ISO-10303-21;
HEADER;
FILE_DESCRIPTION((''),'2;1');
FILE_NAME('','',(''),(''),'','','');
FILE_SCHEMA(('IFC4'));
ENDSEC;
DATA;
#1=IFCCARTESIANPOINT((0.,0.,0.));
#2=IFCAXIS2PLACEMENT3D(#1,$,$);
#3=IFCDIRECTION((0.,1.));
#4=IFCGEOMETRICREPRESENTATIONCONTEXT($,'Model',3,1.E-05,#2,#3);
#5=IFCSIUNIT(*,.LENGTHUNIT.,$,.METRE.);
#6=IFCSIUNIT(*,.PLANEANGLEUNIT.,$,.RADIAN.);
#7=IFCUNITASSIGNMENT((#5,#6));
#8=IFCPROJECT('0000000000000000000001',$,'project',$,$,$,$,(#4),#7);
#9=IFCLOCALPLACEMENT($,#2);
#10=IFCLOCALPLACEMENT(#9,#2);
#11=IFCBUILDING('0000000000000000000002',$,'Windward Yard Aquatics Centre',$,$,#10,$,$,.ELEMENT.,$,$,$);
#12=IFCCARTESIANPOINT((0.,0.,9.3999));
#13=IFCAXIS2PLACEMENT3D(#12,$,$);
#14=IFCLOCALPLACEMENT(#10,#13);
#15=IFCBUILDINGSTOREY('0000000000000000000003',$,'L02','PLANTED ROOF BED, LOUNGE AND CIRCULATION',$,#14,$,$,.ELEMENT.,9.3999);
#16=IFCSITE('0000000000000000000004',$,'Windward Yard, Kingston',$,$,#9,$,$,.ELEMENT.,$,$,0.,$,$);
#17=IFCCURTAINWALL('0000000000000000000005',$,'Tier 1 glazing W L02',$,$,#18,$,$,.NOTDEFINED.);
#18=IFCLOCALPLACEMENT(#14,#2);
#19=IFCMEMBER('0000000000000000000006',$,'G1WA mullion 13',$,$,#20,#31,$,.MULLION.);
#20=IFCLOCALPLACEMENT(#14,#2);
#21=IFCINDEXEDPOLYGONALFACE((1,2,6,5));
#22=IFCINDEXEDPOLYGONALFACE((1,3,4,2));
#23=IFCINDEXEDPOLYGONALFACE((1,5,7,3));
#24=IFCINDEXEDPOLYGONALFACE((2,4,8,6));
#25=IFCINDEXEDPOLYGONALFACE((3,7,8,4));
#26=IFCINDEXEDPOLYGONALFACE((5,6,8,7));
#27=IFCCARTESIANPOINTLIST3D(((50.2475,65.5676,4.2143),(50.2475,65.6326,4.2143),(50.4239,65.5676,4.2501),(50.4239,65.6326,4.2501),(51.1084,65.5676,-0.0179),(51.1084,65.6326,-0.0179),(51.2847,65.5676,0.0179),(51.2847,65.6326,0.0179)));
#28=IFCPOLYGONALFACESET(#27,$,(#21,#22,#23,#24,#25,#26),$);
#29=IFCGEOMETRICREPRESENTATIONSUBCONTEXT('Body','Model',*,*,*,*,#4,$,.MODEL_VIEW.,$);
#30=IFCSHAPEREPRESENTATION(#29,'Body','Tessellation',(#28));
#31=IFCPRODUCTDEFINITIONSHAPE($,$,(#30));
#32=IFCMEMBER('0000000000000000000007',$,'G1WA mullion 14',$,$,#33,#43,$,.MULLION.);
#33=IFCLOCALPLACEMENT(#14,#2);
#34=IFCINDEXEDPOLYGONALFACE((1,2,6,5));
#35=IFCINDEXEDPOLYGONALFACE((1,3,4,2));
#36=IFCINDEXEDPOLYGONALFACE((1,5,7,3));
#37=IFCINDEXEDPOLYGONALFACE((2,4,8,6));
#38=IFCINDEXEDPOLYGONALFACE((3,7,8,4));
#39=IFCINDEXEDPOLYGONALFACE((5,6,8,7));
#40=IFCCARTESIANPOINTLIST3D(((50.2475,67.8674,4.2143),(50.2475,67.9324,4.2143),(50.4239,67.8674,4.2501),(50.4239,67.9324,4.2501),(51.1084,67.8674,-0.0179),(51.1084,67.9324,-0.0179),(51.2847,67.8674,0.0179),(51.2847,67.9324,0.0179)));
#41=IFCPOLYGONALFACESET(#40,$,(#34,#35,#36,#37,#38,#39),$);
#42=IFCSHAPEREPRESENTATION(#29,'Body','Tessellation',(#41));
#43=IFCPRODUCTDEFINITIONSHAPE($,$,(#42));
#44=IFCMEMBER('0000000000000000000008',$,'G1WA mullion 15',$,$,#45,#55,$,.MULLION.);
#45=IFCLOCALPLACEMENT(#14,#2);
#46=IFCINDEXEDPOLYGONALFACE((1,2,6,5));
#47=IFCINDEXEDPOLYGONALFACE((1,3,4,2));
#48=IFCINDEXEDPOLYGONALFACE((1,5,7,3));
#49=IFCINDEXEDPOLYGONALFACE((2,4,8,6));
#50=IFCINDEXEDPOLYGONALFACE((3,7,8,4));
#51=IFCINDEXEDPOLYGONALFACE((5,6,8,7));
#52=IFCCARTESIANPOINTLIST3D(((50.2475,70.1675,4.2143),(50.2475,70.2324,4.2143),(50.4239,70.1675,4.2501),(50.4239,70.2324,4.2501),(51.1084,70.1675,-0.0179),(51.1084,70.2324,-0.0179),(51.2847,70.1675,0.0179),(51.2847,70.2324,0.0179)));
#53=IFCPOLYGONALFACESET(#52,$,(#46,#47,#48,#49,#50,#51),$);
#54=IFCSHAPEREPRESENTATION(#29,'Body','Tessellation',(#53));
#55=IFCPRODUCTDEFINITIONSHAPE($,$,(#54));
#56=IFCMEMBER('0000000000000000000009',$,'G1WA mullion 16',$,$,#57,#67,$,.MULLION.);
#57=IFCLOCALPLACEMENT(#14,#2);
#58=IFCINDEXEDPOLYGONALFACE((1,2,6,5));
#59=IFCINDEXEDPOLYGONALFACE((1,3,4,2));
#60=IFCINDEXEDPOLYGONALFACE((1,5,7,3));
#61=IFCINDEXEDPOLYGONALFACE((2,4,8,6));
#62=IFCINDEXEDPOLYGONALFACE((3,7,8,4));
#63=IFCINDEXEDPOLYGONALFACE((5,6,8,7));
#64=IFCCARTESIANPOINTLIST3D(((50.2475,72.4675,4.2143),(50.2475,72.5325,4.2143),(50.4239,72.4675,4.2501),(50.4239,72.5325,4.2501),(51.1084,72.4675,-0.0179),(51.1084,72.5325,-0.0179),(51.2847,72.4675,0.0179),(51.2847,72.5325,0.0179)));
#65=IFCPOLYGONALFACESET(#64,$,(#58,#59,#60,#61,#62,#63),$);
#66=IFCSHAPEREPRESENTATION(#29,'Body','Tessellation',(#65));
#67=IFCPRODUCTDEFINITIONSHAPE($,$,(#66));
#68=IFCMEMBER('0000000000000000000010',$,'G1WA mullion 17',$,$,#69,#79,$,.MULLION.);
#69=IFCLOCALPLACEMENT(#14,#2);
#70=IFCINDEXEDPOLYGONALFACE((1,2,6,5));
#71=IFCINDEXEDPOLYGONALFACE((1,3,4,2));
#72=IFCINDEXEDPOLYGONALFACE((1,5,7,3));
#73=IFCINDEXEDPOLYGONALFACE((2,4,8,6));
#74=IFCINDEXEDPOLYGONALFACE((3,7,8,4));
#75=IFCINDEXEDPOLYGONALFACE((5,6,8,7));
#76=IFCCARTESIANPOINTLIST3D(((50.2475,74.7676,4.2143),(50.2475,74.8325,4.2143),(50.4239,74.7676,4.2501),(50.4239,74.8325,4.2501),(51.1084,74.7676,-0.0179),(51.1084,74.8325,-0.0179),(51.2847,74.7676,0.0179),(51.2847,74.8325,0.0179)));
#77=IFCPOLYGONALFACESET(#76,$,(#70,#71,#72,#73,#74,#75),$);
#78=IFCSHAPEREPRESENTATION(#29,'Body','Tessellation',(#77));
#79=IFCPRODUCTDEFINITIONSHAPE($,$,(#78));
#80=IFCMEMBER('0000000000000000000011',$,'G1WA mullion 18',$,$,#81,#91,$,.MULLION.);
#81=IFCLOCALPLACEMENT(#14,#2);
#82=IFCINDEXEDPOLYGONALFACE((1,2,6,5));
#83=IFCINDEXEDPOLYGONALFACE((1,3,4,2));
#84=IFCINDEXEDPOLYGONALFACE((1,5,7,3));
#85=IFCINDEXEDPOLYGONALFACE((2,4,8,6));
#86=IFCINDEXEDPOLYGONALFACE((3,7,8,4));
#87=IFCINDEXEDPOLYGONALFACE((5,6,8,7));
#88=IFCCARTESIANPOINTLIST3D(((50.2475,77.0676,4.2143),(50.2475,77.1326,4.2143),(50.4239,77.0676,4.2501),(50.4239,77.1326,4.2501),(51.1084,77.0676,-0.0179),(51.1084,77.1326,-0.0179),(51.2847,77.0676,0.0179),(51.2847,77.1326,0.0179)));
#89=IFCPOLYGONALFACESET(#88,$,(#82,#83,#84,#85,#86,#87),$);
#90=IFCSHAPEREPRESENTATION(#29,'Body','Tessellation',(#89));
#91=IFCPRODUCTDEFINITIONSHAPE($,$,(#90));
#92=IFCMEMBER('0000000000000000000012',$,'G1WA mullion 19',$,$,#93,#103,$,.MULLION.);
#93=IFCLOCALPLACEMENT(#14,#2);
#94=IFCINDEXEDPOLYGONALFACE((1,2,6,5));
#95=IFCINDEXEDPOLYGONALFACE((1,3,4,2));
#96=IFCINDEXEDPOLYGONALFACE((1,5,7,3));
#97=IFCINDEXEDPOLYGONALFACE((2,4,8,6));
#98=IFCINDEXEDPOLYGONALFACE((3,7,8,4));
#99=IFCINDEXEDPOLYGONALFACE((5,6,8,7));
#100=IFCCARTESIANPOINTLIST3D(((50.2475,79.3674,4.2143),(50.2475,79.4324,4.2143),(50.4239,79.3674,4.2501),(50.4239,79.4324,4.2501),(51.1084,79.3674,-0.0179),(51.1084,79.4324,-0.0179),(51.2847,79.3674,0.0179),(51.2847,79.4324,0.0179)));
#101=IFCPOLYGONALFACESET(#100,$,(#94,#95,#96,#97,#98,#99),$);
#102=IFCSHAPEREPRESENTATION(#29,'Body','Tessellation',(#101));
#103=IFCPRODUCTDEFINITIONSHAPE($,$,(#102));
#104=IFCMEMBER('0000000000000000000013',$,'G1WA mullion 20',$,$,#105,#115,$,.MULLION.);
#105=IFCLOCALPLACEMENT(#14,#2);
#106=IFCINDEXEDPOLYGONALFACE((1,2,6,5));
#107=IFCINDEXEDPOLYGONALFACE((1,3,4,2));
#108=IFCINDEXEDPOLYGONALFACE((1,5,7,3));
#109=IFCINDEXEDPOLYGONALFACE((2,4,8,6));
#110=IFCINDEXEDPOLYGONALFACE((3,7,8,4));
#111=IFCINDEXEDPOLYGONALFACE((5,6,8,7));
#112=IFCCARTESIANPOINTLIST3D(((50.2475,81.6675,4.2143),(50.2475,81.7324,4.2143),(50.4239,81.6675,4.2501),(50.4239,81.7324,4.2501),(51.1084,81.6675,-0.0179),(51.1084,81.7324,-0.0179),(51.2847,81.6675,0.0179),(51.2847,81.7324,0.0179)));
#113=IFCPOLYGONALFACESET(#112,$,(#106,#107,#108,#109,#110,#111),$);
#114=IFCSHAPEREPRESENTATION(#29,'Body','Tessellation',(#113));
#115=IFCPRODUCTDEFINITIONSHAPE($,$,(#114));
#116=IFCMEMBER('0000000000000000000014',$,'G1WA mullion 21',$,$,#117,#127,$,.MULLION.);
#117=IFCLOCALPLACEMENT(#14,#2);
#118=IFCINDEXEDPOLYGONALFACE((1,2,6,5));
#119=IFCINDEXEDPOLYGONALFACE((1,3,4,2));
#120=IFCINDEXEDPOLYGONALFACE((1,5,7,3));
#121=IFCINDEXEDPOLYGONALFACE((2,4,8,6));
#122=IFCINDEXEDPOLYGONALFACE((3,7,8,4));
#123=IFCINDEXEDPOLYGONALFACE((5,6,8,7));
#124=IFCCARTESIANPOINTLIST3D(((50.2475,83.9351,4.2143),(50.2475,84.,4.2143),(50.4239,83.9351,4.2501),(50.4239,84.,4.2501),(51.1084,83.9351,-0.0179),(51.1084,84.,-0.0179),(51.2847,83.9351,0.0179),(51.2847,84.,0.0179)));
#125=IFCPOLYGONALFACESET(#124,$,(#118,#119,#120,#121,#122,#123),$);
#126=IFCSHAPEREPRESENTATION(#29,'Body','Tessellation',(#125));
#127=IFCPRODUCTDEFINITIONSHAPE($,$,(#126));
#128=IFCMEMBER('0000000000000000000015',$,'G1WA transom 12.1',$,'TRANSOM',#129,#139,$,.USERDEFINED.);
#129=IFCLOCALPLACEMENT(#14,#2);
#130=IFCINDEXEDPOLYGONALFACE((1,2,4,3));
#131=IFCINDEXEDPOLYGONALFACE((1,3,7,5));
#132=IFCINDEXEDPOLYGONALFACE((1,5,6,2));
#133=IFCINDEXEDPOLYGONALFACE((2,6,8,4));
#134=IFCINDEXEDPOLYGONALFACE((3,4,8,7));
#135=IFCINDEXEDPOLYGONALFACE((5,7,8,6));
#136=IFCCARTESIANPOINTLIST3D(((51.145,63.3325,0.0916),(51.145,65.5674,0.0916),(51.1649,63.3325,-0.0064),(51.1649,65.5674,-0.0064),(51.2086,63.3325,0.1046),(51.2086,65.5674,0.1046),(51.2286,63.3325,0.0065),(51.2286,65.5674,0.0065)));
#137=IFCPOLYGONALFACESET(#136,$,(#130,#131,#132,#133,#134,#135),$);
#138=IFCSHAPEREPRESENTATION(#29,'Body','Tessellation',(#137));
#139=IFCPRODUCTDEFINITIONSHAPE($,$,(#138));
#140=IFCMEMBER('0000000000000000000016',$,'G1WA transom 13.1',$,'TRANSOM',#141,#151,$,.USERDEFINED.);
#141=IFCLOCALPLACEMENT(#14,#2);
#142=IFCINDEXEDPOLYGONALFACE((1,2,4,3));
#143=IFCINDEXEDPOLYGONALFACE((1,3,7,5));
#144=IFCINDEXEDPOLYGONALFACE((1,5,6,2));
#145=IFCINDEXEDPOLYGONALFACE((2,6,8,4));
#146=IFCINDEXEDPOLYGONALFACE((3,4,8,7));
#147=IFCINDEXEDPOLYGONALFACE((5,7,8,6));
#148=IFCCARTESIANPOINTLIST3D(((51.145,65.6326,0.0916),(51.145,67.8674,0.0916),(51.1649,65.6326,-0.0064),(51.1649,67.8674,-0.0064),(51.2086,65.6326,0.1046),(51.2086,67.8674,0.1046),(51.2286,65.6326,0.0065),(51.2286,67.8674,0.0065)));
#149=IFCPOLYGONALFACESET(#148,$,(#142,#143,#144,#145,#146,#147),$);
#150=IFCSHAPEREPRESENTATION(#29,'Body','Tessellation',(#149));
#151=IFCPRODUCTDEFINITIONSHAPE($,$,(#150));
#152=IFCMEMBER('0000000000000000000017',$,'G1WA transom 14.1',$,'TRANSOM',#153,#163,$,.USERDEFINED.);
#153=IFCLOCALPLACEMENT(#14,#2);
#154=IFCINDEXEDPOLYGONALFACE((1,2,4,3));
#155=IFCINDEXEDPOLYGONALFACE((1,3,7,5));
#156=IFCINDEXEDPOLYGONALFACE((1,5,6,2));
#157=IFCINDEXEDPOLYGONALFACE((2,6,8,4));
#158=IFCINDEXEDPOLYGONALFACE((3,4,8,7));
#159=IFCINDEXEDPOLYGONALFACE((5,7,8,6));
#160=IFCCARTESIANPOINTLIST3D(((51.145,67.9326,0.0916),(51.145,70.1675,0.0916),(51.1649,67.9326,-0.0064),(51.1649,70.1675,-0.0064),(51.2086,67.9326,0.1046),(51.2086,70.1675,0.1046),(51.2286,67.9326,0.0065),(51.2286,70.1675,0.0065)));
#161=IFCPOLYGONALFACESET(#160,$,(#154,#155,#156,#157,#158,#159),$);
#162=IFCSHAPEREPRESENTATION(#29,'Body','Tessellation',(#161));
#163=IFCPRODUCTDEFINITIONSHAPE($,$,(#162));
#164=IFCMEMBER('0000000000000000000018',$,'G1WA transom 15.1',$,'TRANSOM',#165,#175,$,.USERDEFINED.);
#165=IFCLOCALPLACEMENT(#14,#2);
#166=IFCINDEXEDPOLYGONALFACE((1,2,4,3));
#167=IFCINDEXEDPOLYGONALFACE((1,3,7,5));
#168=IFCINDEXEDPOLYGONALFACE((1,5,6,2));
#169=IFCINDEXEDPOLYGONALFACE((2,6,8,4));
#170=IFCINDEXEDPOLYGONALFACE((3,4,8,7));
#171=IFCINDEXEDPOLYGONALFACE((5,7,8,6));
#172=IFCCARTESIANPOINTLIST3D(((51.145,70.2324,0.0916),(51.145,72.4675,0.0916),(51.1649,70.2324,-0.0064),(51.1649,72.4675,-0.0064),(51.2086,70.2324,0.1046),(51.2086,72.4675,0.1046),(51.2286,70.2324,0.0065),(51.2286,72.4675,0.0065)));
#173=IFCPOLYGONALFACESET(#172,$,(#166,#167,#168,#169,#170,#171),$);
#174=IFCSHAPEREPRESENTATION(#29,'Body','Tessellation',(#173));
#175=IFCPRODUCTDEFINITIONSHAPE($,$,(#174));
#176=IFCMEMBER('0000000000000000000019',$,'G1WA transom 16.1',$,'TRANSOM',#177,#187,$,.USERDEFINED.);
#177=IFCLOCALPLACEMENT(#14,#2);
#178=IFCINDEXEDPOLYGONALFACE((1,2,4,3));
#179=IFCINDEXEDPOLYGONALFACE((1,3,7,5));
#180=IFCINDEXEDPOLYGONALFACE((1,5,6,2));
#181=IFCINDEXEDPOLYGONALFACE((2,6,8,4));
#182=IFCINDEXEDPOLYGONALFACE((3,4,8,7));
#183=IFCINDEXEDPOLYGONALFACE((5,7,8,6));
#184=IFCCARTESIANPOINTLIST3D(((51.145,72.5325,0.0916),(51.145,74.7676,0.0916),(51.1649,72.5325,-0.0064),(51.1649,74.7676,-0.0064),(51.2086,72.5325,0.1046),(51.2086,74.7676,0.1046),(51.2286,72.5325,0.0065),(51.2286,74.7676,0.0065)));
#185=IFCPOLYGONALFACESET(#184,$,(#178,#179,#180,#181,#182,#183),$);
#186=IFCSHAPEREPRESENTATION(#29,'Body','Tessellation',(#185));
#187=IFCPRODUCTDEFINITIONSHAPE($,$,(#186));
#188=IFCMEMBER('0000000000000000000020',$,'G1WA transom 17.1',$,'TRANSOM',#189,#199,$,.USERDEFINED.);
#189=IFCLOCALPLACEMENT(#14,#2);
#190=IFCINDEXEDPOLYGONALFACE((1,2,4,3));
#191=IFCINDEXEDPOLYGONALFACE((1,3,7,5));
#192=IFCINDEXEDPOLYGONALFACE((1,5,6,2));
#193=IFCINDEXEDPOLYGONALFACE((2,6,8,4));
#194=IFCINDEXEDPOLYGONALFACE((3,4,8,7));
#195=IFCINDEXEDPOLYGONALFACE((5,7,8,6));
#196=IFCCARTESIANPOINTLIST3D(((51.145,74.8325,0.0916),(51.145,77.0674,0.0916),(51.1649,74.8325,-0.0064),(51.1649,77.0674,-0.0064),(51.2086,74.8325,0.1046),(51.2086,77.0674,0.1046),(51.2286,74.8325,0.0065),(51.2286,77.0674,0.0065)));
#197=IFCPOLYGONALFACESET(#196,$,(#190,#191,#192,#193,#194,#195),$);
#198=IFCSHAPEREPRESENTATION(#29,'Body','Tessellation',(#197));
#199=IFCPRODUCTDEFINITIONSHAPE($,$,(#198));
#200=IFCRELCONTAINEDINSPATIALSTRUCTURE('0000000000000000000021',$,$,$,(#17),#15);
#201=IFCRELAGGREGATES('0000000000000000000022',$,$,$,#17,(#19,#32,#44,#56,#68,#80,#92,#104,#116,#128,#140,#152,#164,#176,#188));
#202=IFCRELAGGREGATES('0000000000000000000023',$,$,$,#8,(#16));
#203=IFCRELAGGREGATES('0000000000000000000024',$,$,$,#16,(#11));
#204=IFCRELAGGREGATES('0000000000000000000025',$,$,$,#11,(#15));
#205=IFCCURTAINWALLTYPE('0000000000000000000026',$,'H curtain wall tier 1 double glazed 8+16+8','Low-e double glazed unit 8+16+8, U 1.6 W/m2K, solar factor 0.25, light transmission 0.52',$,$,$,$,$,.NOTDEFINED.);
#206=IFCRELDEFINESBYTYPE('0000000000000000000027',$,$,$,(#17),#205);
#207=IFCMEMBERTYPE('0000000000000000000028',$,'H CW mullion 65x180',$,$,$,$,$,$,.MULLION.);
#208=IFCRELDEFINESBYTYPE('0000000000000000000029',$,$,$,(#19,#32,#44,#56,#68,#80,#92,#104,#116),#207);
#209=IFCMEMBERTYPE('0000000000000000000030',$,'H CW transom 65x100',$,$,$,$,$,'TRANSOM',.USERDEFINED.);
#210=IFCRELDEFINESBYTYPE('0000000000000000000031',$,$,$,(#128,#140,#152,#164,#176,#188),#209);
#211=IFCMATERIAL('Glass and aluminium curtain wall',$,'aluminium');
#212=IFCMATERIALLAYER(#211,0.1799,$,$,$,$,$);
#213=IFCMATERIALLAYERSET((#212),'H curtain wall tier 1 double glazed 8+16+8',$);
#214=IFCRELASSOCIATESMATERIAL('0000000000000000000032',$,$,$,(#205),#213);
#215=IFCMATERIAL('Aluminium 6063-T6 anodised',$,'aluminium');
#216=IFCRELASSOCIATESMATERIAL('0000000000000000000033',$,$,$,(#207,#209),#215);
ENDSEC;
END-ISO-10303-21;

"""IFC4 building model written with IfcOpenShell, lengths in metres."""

from ifc_helpers import new_model, si_unit, direction, frame, origin, origin_2d, place, context, subcontext, project, spatial, rectangle, extrude, material, layer, layer_set, material_profile, profile_set, type_object, element, aggregate, save


model = new_model("IFC4")

# Units and contexts
model_context = context("Model", 3, precision=1e-05, world=origin(), true_north=direction((0.0, 1.0)))
body_context = subcontext(model_context, "Body", "Model", "MODEL_VIEW")
ifc_project = project(units=[si_unit("LENGTHUNIT", "METRE"), si_unit("PLANEANGLEUNIT", "RADIAN")], contexts=[model_context])

# Site, building, storey
site_placement = place(None, origin())
site = spatial("IfcSite", under=ifc_project, at=site_placement, Name="Windward Yard, Kingston", CompositionType="ELEMENT", RefElevation=0.0)
building_placement = place(site_placement, origin())
building = spatial("IfcBuilding", under=site, at=building_placement, Name="Windward Yard Aquatics Centre", CompositionType="ELEMENT")
storey_placement = place(building_placement, frame((0.0, 0.0, 9.3999)))
storey = spatial("IfcBuildingStorey", under=building, at=storey_placement, Name="L02", Description="PLANTED ROOF BED, LOUNGE AND CIRCULATION", CompositionType="ELEMENT", Elevation=9.3999)

# Curtain wall, members
ifc_material_1 = material(Name="Glass and aluminium curtain wall", Category="aluminium")
ifc_layer_1 = layer(ifc_material_1, 0.1799)
ifc_layer_set_1 = layer_set([ifc_layer_1], Name="H curtain wall tier 1 double glazed 8+16+8")
curtain_wall_type = type_object("IfcCurtainWallType", Name="H curtain wall tier 1 double glazed 8+16+8", Description="Low-e double glazed unit 8+16+8, U 1.6 W/m2K, solar factor 0.25, light transmission 0.52", PredefinedType="NOTDEFINED", material=ifc_layer_set_1)
curtain_wall_placement = place(storey_placement, origin())
curtain_wall = element("IfcCurtainWall", 1, at=curtain_wall_placement, inside=storey, type_object=curtain_wall_type, Name="Tier 1 glazing W L02", PredefinedType="NOTDEFINED")
ifc_material_2 = material(Name="Aluminium 6063-T6 anodised", Category="aluminium")
ifc_material_profile_1 = material_profile(ifc_material_2, rectangle(XDim=0.0649, YDim=0.1799, at=origin_2d()), Name="H CW mullion 65x180")
ifc_profile_set_1 = profile_set([ifc_material_profile_1], Name="Aluminium 6063-T6 anodised")
member_type_1 = type_object("IfcMemberType", Name="H CW mullion 65x180", PredefinedType="MULLION", material=ifc_profile_set_1)
member_1_placement = place(storey_placement, frame((51.1965, 65.6001, 0.0), z_axis=(-0.199322, 0.0, 0.979934), x_axis=(0.0, -1.0, 0.0)))
member_1 = element("IfcMember", 2, at=member_1_placement, type_object=member_type_1, Name="G1WA mullion 13", PredefinedType="MULLION", context=body_context, shape_type="SweptSolid", body=[
    extrude(rectangle(XDim=0.0649, YDim=0.1799, at=origin_2d()), origin(), (0.0, 0.0, 1.0), 4.3188),
])
member_2_placement = place(storey_placement, frame((51.1965, 67.8999, 0.0), z_axis=(-0.199322, 0.0, 0.979934), x_axis=(0.0, -1.0, 0.0)))
member_2 = element("IfcMember", 3, at=member_2_placement, type_object=member_type_1, Name="G1WA mullion 14", PredefinedType="MULLION", context=body_context, shape_type="SweptSolid", body=[
    extrude(rectangle(XDim=0.0649, YDim=0.1799, at=origin_2d()), origin(), (0.0, 0.0, 1.0), 4.3188),
])
member_3_placement = place(storey_placement, frame((51.1965, 70.2, 0.0), z_axis=(-0.199322, 0.0, 0.979934), x_axis=(0.0, -1.0, 0.0)))
member_3 = element("IfcMember", 4, at=member_3_placement, type_object=member_type_1, Name="G1WA mullion 15", PredefinedType="MULLION", context=body_context, shape_type="SweptSolid", body=[
    extrude(rectangle(XDim=0.0649, YDim=0.1799, at=origin_2d()), origin(), (0.0, 0.0, 1.0), 4.3188),
])
member_4_placement = place(storey_placement, frame((51.1965, 72.5, 0.0), z_axis=(-0.199322, 0.0, 0.979934), x_axis=(0.0, -1.0, 0.0)))
member_4 = element("IfcMember", 5, at=member_4_placement, type_object=member_type_1, Name="G1WA mullion 16", PredefinedType="MULLION", context=body_context, shape_type="SweptSolid", body=[
    extrude(rectangle(XDim=0.0649, YDim=0.1799, at=origin_2d()), origin(), (0.0, 0.0, 1.0), 4.3188),
])
member_5_placement = place(storey_placement, frame((51.1965, 74.8, 0.0), z_axis=(-0.199322, 0.0, 0.979934), x_axis=(0.0, -1.0, 0.0)))
member_5 = element("IfcMember", 6, at=member_5_placement, type_object=member_type_1, Name="G1WA mullion 17", PredefinedType="MULLION", context=body_context, shape_type="SweptSolid", body=[
    extrude(rectangle(XDim=0.0649, YDim=0.1799, at=origin_2d()), origin(), (0.0, 0.0, 1.0), 4.3188),
])
member_6_placement = place(storey_placement, frame((51.1965, 77.1001, 0.0), z_axis=(-0.199322, 0.0, 0.979934), x_axis=(0.0, -1.0, 0.0)))
member_6 = element("IfcMember", 7, at=member_6_placement, type_object=member_type_1, Name="G1WA mullion 18", PredefinedType="MULLION", context=body_context, shape_type="SweptSolid", body=[
    extrude(rectangle(XDim=0.0649, YDim=0.1799, at=origin_2d()), origin(), (0.0, 0.0, 1.0), 4.3188),
])
member_7_placement = place(storey_placement, frame((51.1965, 79.3999, 0.0), z_axis=(-0.199322, 0.0, 0.979934), x_axis=(0.0, -1.0, 0.0)))
member_7 = element("IfcMember", 8, at=member_7_placement, type_object=member_type_1, Name="G1WA mullion 19", PredefinedType="MULLION", context=body_context, shape_type="SweptSolid", body=[
    extrude(rectangle(XDim=0.0649, YDim=0.1799, at=origin_2d()), origin(), (0.0, 0.0, 1.0), 4.3188),
])
member_8_placement = place(storey_placement, frame((51.1965, 81.7, 0.0), z_axis=(-0.199322, 0.0, 0.979934), x_axis=(0.0, -1.0, 0.0)))
member_8 = element("IfcMember", 9, at=member_8_placement, type_object=member_type_1, Name="G1WA mullion 20", PredefinedType="MULLION", context=body_context, shape_type="SweptSolid", body=[
    extrude(rectangle(XDim=0.0649, YDim=0.1799, at=origin_2d()), origin(), (0.0, 0.0, 1.0), 4.3188),
])
member_9_placement = place(storey_placement, frame((51.1965, 83.9675, 0.0), z_axis=(-0.199322, 0.0, 0.979934), x_axis=(0.0, -1.0, 0.0)))
member_9 = element("IfcMember", 10, at=member_9_placement, type_object=member_type_1, Name="G1WA mullion 21", PredefinedType="MULLION", context=body_context, shape_type="SweptSolid", body=[
    extrude(rectangle(XDim=0.0649, YDim=0.1799, at=origin_2d()), origin(), (0.0, 0.0, 1.0), 4.3188),
])
ifc_material_profile_2 = material_profile(ifc_material_2, rectangle(XDim=0.0649, YDim=0.1001, at=origin_2d()), Name="H CW transom 65x100")
ifc_profile_set_2 = profile_set([ifc_material_profile_2], Name="Aluminium 6063-T6 anodised")
member_type_2 = type_object("IfcMemberType", Name="H CW transom 65x100", ElementType="TRANSOM", PredefinedType="USERDEFINED", material=ifc_profile_set_2)
member_10_placement = place(storey_placement, frame((51.1868, 63.3325, 0.0491), z_axis=(0.0, 1.0, 0.0), x_axis=(0.979925, 0.0, 0.199368)))
member_10 = element("IfcMember", 11, at=member_10_placement, type_object=member_type_2, Name="G1WA transom 12.1", ObjectType="TRANSOM", PredefinedType="USERDEFINED", context=body_context, shape_type="SweptSolid", body=[
    extrude(rectangle(XDim=0.0649, YDim=0.1001, at=origin_2d()), origin(), (0.0, 0.0, 1.0), 2.2349),
])
member_11_placement = place(storey_placement, frame((51.1868, 65.6326, 0.0491), z_axis=(0.0, 1.0, 0.0), x_axis=(0.979925, 0.0, 0.199368)))
member_11 = element("IfcMember", 12, at=member_11_placement, type_object=member_type_2, Name="G1WA transom 13.1", ObjectType="TRANSOM", PredefinedType="USERDEFINED", context=body_context, shape_type="SweptSolid", body=[
    extrude(rectangle(XDim=0.0649, YDim=0.1001, at=origin_2d()), origin(), (0.0, 0.0, 1.0), 2.2349),
])
member_12_placement = place(storey_placement, frame((51.1868, 67.9326, 0.0491), z_axis=(0.0, 1.0, 0.0), x_axis=(0.979925, 0.0, 0.199368)))
member_12 = element("IfcMember", 13, at=member_12_placement, type_object=member_type_2, Name="G1WA transom 14.1", ObjectType="TRANSOM", PredefinedType="USERDEFINED", context=body_context, shape_type="SweptSolid", body=[
    extrude(rectangle(XDim=0.0649, YDim=0.1001, at=origin_2d()), origin(), (0.0, 0.0, 1.0), 2.2349),
])
member_13_placement = place(storey_placement, frame((51.1868, 70.2324, 0.0491), z_axis=(0.0, 1.0, 0.0), x_axis=(0.979925, 0.0, 0.199368)))
member_13 = element("IfcMember", 14, at=member_13_placement, type_object=member_type_2, Name="G1WA transom 15.1", ObjectType="TRANSOM", PredefinedType="USERDEFINED", context=body_context, shape_type="SweptSolid", body=[
    extrude(rectangle(XDim=0.0649, YDim=0.1001, at=origin_2d()), origin(), (0.0, 0.0, 1.0), 2.2351),
])
member_14_placement = place(storey_placement, frame((51.1868, 72.5325, 0.0491), z_axis=(0.0, 1.0, 0.0), x_axis=(0.979925, 0.0, 0.199368)))
member_14 = element("IfcMember", 15, at=member_14_placement, type_object=member_type_2, Name="G1WA transom 16.1", ObjectType="TRANSOM", PredefinedType="USERDEFINED", context=body_context, shape_type="SweptSolid", body=[
    extrude(rectangle(XDim=0.0649, YDim=0.1001, at=origin_2d()), origin(), (0.0, 0.0, 1.0), 2.2351),
])
member_15_placement = place(storey_placement, frame((51.1868, 74.8325, 0.0491), z_axis=(0.0, 1.0, 0.0), x_axis=(0.979925, 0.0, 0.199368)))
member_15 = element("IfcMember", 16, at=member_15_placement, type_object=member_type_2, Name="G1WA transom 17.1", ObjectType="TRANSOM", PredefinedType="USERDEFINED", context=body_context, shape_type="SweptSolid", body=[
    extrude(rectangle(XDim=0.0649, YDim=0.1001, at=origin_2d()), origin(), (0.0, 0.0, 1.0), 2.2349),
])
aggregate(curtain_wall, [member_1, member_2, member_3, member_4, member_5, member_6, member_7, member_8, member_9, member_10, member_11, member_12, member_13, member_14, member_15])

save(model, "model.ifc")
